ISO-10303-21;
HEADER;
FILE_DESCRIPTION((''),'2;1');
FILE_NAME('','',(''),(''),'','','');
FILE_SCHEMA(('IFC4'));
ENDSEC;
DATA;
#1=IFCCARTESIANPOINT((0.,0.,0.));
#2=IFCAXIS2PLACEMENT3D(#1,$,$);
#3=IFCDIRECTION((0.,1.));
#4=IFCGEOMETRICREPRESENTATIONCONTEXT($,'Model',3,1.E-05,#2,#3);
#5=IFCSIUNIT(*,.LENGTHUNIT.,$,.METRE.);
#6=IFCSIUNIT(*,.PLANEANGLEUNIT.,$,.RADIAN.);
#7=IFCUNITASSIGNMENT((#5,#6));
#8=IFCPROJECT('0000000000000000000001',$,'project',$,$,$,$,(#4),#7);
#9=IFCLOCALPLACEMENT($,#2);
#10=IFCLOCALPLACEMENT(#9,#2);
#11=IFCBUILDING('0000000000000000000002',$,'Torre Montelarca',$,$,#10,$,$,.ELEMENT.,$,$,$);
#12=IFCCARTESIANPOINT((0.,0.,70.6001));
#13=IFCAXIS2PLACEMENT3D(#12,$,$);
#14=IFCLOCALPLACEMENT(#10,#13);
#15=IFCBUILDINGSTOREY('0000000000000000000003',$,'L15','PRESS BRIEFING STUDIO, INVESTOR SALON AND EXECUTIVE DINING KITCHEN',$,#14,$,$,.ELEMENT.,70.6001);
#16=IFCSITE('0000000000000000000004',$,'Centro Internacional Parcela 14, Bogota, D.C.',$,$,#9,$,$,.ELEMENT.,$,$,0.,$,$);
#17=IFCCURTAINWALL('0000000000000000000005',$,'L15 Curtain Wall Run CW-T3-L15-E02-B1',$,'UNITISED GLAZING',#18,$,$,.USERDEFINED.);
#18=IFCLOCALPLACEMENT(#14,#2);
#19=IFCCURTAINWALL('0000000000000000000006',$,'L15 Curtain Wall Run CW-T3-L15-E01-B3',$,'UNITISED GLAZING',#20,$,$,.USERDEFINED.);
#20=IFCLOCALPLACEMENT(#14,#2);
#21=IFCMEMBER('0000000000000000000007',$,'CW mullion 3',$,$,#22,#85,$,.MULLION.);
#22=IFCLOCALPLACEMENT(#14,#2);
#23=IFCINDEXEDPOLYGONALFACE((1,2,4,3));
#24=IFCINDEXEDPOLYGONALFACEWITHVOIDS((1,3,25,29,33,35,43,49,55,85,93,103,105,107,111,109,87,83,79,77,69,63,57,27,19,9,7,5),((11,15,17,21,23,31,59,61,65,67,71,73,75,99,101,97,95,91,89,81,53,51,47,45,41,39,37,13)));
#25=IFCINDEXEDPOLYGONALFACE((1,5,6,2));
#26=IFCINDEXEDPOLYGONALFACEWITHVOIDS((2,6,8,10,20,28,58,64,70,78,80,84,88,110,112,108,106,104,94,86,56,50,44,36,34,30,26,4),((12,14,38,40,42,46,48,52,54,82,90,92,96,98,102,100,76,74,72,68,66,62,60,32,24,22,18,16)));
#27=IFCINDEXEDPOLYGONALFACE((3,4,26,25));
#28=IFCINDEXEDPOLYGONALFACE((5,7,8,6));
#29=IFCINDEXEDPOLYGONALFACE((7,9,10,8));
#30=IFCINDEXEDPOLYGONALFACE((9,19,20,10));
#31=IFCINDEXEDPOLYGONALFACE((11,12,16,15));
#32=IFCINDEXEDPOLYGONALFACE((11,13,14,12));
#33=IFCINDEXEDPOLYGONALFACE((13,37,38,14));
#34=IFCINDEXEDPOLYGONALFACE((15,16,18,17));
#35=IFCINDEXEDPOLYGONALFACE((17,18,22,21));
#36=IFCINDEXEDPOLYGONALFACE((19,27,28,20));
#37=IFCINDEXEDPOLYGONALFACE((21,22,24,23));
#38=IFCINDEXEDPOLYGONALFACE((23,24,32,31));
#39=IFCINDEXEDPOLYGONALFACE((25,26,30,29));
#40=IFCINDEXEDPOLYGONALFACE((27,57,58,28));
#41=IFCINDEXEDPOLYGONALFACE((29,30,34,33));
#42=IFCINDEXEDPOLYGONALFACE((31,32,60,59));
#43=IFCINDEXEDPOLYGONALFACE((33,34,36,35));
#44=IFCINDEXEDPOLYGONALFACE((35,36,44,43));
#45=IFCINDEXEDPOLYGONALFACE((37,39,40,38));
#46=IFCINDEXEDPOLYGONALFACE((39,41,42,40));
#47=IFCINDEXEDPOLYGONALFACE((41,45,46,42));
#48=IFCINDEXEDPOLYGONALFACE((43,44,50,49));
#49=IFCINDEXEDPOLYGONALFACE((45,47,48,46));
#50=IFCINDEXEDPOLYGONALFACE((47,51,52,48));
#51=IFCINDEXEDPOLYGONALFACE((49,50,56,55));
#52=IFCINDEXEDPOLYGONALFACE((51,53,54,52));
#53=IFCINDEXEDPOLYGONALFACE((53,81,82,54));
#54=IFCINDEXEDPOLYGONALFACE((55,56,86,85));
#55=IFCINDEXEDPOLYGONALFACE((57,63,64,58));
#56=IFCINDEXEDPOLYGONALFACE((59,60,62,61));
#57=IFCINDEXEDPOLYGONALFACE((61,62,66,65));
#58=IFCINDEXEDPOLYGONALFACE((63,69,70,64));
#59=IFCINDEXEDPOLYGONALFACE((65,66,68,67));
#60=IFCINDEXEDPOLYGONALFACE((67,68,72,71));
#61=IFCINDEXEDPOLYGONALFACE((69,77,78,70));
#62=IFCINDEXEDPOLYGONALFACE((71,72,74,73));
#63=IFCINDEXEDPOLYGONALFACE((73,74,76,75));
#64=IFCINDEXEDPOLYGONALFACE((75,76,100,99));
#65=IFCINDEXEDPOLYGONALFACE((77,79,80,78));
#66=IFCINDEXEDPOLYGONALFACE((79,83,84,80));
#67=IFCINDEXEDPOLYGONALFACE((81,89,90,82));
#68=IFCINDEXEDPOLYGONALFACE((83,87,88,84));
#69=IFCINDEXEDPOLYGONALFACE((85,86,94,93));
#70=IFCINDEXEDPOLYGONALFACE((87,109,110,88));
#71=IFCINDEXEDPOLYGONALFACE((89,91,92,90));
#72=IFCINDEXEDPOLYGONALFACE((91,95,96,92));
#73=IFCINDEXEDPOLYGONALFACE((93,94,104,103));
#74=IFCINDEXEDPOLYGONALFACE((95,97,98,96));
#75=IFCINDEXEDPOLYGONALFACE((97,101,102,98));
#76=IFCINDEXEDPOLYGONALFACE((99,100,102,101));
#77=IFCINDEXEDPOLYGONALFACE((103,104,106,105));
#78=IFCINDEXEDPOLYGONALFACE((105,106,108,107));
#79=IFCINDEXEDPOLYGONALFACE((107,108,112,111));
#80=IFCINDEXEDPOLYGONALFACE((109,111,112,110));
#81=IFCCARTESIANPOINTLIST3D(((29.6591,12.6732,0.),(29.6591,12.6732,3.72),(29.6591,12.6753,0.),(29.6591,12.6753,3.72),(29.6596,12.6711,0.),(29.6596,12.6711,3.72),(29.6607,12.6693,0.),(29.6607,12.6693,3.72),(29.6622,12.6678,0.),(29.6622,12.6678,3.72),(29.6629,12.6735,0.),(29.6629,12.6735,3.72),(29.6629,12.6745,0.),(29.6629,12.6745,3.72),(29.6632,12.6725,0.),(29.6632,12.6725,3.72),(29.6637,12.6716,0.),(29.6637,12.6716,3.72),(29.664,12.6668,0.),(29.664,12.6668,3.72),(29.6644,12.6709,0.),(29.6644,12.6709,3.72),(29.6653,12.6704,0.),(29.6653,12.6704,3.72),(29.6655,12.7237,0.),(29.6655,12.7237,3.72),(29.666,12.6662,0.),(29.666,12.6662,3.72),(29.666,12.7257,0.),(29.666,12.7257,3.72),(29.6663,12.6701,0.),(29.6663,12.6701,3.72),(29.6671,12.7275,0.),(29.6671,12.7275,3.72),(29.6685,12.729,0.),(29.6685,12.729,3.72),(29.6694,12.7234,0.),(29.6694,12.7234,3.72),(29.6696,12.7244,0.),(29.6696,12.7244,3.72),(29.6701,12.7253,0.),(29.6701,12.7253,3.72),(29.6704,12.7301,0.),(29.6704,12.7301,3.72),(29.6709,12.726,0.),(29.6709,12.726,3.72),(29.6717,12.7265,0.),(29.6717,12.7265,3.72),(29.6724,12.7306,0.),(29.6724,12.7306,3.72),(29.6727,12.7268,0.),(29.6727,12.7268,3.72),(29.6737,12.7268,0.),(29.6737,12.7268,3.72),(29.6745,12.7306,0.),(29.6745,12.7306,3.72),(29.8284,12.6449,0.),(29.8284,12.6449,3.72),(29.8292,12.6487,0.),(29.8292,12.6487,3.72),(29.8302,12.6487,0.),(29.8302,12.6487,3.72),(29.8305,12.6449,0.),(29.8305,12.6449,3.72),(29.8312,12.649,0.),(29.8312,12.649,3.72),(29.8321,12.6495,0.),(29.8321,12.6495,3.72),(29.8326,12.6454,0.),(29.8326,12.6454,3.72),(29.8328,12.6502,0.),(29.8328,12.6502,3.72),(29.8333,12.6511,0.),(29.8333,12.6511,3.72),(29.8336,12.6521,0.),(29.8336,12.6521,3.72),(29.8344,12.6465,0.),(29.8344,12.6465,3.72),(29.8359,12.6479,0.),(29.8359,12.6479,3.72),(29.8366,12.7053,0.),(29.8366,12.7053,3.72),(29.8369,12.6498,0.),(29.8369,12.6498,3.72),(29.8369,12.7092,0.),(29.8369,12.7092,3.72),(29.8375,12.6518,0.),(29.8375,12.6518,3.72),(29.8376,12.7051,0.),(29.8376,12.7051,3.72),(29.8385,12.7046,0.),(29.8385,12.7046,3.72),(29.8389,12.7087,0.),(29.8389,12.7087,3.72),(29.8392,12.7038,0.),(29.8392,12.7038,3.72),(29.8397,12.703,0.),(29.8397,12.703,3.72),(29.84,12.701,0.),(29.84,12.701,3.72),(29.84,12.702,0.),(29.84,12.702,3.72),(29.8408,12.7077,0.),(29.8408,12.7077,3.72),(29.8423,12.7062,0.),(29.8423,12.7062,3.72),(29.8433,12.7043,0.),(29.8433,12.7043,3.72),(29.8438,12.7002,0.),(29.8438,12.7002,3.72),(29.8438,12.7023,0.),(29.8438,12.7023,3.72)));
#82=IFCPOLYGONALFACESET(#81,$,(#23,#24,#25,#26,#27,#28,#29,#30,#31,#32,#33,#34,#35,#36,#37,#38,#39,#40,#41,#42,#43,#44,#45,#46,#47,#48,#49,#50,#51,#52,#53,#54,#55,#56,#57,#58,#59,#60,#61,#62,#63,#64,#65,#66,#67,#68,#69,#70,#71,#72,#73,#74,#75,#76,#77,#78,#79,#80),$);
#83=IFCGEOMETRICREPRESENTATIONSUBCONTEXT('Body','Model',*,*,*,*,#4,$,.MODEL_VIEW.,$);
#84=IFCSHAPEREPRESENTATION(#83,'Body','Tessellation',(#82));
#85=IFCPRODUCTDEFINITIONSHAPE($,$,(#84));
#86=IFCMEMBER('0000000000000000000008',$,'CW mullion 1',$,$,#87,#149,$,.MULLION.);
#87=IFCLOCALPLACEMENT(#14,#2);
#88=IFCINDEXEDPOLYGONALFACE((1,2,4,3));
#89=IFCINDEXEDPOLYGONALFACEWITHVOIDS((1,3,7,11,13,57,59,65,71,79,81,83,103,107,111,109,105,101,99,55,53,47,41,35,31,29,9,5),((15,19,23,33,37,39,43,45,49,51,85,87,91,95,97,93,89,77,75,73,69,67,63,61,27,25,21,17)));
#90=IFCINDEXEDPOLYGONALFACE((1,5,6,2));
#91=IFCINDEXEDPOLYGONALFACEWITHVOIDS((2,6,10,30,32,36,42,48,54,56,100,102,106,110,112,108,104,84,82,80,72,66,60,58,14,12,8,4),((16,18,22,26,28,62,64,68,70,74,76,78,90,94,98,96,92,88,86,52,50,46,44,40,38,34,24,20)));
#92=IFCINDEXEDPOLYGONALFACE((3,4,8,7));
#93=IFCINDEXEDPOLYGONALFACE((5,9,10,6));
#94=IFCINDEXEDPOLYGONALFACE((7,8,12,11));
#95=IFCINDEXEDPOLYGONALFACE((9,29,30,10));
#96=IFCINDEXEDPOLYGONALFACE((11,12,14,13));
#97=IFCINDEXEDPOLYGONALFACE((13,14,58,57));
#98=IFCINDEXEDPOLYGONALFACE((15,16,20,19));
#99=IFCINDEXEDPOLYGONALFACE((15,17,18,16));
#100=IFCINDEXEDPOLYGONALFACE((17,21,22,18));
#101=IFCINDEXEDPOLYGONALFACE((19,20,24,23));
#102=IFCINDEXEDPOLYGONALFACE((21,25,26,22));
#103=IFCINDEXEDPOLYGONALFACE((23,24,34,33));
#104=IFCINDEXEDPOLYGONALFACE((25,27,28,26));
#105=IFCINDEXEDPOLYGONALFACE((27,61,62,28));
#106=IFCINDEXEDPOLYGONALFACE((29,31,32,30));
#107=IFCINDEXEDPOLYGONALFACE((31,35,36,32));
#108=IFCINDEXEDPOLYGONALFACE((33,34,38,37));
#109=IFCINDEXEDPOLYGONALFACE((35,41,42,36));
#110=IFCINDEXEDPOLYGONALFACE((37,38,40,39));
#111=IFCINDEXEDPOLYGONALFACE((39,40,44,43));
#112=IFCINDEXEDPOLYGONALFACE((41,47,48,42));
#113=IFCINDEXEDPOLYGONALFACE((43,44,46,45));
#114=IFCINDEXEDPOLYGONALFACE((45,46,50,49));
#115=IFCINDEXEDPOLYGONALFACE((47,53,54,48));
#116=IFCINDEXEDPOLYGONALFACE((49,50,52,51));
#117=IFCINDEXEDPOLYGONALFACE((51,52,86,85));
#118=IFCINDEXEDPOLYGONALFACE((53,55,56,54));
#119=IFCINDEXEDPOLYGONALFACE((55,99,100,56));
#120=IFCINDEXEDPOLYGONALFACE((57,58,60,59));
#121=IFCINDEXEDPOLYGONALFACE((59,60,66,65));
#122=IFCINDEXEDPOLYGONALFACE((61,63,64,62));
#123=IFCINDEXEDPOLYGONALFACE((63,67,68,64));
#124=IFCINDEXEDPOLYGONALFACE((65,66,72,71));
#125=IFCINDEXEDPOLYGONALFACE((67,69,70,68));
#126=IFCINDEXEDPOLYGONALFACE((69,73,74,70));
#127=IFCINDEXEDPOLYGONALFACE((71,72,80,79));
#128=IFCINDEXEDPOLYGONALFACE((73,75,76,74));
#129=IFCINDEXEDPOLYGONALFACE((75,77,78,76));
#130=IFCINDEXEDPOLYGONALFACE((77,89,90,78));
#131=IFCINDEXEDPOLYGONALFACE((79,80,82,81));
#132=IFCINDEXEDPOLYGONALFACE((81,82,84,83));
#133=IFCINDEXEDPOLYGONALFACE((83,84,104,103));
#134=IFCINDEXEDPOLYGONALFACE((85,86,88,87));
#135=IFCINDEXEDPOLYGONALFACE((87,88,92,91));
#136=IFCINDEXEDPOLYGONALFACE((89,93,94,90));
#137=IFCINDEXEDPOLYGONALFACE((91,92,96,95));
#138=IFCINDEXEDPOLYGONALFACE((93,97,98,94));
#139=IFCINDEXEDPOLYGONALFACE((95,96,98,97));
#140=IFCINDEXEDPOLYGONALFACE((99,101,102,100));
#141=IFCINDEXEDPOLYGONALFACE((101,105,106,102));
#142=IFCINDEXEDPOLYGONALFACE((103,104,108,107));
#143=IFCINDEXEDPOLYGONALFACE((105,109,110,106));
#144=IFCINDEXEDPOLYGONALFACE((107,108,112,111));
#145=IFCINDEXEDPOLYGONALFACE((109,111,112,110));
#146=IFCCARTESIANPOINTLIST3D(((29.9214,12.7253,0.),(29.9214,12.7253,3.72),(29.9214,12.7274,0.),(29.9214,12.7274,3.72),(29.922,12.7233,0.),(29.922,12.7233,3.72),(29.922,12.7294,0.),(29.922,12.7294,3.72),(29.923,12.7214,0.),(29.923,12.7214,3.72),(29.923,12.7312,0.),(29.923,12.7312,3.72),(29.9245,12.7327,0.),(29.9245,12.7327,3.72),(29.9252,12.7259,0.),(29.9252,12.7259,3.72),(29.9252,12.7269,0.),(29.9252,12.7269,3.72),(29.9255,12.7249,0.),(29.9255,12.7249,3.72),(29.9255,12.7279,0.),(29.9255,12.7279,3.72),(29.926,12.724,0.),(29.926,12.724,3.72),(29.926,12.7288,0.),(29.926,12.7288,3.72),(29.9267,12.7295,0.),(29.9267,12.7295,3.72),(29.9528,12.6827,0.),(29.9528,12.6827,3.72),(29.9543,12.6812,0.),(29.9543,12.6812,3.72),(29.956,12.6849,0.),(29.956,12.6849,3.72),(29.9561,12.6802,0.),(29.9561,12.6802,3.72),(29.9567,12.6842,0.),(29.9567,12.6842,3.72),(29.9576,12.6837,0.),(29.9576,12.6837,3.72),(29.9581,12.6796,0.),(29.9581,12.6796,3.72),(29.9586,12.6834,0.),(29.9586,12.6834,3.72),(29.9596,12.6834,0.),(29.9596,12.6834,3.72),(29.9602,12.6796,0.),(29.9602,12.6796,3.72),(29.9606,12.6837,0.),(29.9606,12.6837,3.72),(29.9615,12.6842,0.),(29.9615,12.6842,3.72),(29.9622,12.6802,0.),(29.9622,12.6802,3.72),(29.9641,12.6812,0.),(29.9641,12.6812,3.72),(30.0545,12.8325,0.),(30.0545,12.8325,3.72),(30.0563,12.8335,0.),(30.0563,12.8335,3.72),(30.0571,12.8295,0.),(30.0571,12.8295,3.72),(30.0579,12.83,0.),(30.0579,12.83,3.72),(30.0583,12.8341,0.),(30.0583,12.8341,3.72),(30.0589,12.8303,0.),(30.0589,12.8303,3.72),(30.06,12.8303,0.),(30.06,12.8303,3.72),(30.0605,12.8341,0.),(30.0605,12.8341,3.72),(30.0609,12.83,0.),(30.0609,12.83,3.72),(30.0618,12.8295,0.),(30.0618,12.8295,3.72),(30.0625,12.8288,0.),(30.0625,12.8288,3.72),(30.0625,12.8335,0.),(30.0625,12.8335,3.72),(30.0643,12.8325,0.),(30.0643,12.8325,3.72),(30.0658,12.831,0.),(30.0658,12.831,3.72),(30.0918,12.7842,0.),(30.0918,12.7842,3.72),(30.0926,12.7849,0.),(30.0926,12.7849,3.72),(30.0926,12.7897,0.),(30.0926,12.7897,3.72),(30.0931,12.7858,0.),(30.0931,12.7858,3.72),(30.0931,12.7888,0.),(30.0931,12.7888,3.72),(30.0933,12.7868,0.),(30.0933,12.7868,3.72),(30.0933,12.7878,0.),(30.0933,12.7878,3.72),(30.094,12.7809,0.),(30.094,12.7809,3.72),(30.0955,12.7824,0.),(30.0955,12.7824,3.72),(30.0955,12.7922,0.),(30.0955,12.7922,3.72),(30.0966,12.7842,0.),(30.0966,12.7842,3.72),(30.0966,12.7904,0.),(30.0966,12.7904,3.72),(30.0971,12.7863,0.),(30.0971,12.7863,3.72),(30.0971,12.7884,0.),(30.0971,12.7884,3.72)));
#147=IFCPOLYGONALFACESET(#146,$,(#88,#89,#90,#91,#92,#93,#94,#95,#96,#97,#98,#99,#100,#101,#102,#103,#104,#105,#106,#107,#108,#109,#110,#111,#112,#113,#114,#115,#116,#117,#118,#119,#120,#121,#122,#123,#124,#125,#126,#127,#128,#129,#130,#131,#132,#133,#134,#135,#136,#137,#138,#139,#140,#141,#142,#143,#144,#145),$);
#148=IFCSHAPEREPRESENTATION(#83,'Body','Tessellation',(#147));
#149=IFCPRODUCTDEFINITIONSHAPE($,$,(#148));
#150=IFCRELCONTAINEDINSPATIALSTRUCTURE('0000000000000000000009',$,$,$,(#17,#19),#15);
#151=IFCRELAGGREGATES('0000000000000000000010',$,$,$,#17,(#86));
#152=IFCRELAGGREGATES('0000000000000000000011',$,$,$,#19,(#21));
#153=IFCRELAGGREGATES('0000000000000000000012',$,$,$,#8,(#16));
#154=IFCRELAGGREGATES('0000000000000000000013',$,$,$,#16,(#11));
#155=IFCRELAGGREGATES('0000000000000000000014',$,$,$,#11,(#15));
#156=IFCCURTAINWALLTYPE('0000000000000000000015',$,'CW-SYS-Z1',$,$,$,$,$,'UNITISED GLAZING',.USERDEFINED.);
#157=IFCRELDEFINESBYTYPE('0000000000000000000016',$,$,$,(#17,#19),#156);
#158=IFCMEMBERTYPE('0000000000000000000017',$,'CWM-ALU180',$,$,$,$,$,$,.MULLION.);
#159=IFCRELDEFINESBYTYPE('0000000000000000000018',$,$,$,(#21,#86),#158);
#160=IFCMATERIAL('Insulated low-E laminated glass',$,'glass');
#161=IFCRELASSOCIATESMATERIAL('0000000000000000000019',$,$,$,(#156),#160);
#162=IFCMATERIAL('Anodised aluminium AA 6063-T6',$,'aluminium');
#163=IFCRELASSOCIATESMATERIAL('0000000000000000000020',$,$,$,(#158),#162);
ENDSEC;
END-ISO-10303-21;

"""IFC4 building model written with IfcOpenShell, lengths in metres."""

from ifc_helpers import new_model, si_unit, direction, frame, origin, origin_2d, place, context, subcontext, project, spatial, hollow_rectangle, extrude, source, transform, mapped, material, material_profile, profile_set, type_object, element, aggregate, save


model = new_model("IFC4")

# Units and contexts
model_context = context("Model", 3, precision=1e-05, world=origin(), true_north=direction((0.0, 1.0)))
body_context = subcontext(model_context, "Body", "Model", "MODEL_VIEW")
ifc_project = project(units=[si_unit("LENGTHUNIT", "METRE"), si_unit("PLANEANGLEUNIT", "RADIAN")], contexts=[model_context])

# Site, building, storey
site_placement = place(None, origin())
site = spatial("IfcSite", under=ifc_project, at=site_placement, Name="Centro Internacional Parcela 14, Bogota, D.C.", CompositionType="ELEMENT", RefElevation=0.0)
building_placement = place(site_placement, origin())
building = spatial("IfcBuilding", under=site, at=building_placement, Name="Torre Montelarca", CompositionType="ELEMENT")
storey_placement = place(building_placement, frame((0.0, 0.0, 70.6001)))
storey = spatial("IfcBuildingStorey", under=building, at=storey_placement, Name="L15", Description="PRESS BRIEFING STUDIO, INVESTOR SALON AND EXECUTIVE DINING KITCHEN", CompositionType="ELEMENT", Elevation=70.6001)

# Curtain wall
ifc_material_1 = material(Name="Insulated low-E laminated glass", Category="glass")
curtain_wall_type = type_object("IfcCurtainWallType", Name="CW-SYS-Z1", ElementType="UNITISED GLAZING", PredefinedType="USERDEFINED", material=ifc_material_1)
curtain_wall_1_placement = place(storey_placement, origin())
curtain_wall_1 = element("IfcCurtainWall", 1, at=curtain_wall_1_placement, inside=storey, type_object=curtain_wall_type, Name="L15 Curtain Wall Run CW-T3-L15-E02-B1", ObjectType="UNITISED GLAZING", PredefinedType="USERDEFINED")
ifc_material_2 = material(Name="Anodised aluminium AA 6063-T6", Category="aluminium")

# Curtain wall, member
curtain_wall_2_placement = place(storey_placement, origin())
curtain_wall_2 = element("IfcCurtainWall", 2, at=curtain_wall_2_placement, inside=storey, type_object=curtain_wall_type, Name="L15 Curtain Wall Run CW-T3-L15-E01-B3", ObjectType="UNITISED GLAZING", PredefinedType="USERDEFINED")
ifc_material_profile_1 = material_profile(ifc_material_2, hollow_rectangle(XDim=0.0649, YDim=0.1799, WallThickness=0.0039, InnerFilletRadius=0.0039, OuterFilletRadius=0.0081, at=origin_2d()), Name="ALU65X180X4", Category="aluminium")
ifc_profile_set_1 = profile_set([ifc_material_profile_1], Name="Anodised aluminium AA 6063-T6")
member_type_1 = type_object("IfcMemberType", Name="CWM-ALU180", PredefinedType="MULLION", material=ifc_profile_set_1)
shared_shape_1 = source(origin(), body_context, "Body", "SweptSolid", [
    extrude(hollow_rectangle(XDim=0.0649, YDim=0.1799, WallThickness=0.0039, InnerFilletRadius=0.0039, OuterFilletRadius=0.0081, at=origin_2d()), origin(), (0.0, 0.0, 1.0), 3.72),
])
member_1_placement = place(storey_placement, frame((29.7515, 12.6877, 0.0), z_axis=(0.0, 0.0, 1.0), x_axis=(0.130513, 0.991447, 0.0)))
member_1 = element("IfcMember", 3, at=member_1_placement, type_object=member_type_1, Name="CW mullion 3", PredefinedType="MULLION", context=body_context, shape_type="MappedRepresentation", body=[
    mapped(shared_shape_1, transform((0.0, 0.0, 0.0), scale=1.0)),
])

# Member
member_2_placement = place(storey_placement, frame((30.0093, 12.7568, 0.0), z_axis=(0.0, 0.0, 1.0), x_axis=(-0.608757, 0.793357, 0.0)))
member_2 = element("IfcMember", 4, at=member_2_placement, type_object=member_type_1, Name="CW mullion 1", PredefinedType="MULLION", context=body_context, shape_type="MappedRepresentation", body=[
    mapped(shared_shape_1, transform((0.0, 0.0, 0.0), scale=1.0)),
])

aggregate(curtain_wall_1, [member_2])
aggregate(curtain_wall_2, [member_1])

save(model, "model.ifc")
